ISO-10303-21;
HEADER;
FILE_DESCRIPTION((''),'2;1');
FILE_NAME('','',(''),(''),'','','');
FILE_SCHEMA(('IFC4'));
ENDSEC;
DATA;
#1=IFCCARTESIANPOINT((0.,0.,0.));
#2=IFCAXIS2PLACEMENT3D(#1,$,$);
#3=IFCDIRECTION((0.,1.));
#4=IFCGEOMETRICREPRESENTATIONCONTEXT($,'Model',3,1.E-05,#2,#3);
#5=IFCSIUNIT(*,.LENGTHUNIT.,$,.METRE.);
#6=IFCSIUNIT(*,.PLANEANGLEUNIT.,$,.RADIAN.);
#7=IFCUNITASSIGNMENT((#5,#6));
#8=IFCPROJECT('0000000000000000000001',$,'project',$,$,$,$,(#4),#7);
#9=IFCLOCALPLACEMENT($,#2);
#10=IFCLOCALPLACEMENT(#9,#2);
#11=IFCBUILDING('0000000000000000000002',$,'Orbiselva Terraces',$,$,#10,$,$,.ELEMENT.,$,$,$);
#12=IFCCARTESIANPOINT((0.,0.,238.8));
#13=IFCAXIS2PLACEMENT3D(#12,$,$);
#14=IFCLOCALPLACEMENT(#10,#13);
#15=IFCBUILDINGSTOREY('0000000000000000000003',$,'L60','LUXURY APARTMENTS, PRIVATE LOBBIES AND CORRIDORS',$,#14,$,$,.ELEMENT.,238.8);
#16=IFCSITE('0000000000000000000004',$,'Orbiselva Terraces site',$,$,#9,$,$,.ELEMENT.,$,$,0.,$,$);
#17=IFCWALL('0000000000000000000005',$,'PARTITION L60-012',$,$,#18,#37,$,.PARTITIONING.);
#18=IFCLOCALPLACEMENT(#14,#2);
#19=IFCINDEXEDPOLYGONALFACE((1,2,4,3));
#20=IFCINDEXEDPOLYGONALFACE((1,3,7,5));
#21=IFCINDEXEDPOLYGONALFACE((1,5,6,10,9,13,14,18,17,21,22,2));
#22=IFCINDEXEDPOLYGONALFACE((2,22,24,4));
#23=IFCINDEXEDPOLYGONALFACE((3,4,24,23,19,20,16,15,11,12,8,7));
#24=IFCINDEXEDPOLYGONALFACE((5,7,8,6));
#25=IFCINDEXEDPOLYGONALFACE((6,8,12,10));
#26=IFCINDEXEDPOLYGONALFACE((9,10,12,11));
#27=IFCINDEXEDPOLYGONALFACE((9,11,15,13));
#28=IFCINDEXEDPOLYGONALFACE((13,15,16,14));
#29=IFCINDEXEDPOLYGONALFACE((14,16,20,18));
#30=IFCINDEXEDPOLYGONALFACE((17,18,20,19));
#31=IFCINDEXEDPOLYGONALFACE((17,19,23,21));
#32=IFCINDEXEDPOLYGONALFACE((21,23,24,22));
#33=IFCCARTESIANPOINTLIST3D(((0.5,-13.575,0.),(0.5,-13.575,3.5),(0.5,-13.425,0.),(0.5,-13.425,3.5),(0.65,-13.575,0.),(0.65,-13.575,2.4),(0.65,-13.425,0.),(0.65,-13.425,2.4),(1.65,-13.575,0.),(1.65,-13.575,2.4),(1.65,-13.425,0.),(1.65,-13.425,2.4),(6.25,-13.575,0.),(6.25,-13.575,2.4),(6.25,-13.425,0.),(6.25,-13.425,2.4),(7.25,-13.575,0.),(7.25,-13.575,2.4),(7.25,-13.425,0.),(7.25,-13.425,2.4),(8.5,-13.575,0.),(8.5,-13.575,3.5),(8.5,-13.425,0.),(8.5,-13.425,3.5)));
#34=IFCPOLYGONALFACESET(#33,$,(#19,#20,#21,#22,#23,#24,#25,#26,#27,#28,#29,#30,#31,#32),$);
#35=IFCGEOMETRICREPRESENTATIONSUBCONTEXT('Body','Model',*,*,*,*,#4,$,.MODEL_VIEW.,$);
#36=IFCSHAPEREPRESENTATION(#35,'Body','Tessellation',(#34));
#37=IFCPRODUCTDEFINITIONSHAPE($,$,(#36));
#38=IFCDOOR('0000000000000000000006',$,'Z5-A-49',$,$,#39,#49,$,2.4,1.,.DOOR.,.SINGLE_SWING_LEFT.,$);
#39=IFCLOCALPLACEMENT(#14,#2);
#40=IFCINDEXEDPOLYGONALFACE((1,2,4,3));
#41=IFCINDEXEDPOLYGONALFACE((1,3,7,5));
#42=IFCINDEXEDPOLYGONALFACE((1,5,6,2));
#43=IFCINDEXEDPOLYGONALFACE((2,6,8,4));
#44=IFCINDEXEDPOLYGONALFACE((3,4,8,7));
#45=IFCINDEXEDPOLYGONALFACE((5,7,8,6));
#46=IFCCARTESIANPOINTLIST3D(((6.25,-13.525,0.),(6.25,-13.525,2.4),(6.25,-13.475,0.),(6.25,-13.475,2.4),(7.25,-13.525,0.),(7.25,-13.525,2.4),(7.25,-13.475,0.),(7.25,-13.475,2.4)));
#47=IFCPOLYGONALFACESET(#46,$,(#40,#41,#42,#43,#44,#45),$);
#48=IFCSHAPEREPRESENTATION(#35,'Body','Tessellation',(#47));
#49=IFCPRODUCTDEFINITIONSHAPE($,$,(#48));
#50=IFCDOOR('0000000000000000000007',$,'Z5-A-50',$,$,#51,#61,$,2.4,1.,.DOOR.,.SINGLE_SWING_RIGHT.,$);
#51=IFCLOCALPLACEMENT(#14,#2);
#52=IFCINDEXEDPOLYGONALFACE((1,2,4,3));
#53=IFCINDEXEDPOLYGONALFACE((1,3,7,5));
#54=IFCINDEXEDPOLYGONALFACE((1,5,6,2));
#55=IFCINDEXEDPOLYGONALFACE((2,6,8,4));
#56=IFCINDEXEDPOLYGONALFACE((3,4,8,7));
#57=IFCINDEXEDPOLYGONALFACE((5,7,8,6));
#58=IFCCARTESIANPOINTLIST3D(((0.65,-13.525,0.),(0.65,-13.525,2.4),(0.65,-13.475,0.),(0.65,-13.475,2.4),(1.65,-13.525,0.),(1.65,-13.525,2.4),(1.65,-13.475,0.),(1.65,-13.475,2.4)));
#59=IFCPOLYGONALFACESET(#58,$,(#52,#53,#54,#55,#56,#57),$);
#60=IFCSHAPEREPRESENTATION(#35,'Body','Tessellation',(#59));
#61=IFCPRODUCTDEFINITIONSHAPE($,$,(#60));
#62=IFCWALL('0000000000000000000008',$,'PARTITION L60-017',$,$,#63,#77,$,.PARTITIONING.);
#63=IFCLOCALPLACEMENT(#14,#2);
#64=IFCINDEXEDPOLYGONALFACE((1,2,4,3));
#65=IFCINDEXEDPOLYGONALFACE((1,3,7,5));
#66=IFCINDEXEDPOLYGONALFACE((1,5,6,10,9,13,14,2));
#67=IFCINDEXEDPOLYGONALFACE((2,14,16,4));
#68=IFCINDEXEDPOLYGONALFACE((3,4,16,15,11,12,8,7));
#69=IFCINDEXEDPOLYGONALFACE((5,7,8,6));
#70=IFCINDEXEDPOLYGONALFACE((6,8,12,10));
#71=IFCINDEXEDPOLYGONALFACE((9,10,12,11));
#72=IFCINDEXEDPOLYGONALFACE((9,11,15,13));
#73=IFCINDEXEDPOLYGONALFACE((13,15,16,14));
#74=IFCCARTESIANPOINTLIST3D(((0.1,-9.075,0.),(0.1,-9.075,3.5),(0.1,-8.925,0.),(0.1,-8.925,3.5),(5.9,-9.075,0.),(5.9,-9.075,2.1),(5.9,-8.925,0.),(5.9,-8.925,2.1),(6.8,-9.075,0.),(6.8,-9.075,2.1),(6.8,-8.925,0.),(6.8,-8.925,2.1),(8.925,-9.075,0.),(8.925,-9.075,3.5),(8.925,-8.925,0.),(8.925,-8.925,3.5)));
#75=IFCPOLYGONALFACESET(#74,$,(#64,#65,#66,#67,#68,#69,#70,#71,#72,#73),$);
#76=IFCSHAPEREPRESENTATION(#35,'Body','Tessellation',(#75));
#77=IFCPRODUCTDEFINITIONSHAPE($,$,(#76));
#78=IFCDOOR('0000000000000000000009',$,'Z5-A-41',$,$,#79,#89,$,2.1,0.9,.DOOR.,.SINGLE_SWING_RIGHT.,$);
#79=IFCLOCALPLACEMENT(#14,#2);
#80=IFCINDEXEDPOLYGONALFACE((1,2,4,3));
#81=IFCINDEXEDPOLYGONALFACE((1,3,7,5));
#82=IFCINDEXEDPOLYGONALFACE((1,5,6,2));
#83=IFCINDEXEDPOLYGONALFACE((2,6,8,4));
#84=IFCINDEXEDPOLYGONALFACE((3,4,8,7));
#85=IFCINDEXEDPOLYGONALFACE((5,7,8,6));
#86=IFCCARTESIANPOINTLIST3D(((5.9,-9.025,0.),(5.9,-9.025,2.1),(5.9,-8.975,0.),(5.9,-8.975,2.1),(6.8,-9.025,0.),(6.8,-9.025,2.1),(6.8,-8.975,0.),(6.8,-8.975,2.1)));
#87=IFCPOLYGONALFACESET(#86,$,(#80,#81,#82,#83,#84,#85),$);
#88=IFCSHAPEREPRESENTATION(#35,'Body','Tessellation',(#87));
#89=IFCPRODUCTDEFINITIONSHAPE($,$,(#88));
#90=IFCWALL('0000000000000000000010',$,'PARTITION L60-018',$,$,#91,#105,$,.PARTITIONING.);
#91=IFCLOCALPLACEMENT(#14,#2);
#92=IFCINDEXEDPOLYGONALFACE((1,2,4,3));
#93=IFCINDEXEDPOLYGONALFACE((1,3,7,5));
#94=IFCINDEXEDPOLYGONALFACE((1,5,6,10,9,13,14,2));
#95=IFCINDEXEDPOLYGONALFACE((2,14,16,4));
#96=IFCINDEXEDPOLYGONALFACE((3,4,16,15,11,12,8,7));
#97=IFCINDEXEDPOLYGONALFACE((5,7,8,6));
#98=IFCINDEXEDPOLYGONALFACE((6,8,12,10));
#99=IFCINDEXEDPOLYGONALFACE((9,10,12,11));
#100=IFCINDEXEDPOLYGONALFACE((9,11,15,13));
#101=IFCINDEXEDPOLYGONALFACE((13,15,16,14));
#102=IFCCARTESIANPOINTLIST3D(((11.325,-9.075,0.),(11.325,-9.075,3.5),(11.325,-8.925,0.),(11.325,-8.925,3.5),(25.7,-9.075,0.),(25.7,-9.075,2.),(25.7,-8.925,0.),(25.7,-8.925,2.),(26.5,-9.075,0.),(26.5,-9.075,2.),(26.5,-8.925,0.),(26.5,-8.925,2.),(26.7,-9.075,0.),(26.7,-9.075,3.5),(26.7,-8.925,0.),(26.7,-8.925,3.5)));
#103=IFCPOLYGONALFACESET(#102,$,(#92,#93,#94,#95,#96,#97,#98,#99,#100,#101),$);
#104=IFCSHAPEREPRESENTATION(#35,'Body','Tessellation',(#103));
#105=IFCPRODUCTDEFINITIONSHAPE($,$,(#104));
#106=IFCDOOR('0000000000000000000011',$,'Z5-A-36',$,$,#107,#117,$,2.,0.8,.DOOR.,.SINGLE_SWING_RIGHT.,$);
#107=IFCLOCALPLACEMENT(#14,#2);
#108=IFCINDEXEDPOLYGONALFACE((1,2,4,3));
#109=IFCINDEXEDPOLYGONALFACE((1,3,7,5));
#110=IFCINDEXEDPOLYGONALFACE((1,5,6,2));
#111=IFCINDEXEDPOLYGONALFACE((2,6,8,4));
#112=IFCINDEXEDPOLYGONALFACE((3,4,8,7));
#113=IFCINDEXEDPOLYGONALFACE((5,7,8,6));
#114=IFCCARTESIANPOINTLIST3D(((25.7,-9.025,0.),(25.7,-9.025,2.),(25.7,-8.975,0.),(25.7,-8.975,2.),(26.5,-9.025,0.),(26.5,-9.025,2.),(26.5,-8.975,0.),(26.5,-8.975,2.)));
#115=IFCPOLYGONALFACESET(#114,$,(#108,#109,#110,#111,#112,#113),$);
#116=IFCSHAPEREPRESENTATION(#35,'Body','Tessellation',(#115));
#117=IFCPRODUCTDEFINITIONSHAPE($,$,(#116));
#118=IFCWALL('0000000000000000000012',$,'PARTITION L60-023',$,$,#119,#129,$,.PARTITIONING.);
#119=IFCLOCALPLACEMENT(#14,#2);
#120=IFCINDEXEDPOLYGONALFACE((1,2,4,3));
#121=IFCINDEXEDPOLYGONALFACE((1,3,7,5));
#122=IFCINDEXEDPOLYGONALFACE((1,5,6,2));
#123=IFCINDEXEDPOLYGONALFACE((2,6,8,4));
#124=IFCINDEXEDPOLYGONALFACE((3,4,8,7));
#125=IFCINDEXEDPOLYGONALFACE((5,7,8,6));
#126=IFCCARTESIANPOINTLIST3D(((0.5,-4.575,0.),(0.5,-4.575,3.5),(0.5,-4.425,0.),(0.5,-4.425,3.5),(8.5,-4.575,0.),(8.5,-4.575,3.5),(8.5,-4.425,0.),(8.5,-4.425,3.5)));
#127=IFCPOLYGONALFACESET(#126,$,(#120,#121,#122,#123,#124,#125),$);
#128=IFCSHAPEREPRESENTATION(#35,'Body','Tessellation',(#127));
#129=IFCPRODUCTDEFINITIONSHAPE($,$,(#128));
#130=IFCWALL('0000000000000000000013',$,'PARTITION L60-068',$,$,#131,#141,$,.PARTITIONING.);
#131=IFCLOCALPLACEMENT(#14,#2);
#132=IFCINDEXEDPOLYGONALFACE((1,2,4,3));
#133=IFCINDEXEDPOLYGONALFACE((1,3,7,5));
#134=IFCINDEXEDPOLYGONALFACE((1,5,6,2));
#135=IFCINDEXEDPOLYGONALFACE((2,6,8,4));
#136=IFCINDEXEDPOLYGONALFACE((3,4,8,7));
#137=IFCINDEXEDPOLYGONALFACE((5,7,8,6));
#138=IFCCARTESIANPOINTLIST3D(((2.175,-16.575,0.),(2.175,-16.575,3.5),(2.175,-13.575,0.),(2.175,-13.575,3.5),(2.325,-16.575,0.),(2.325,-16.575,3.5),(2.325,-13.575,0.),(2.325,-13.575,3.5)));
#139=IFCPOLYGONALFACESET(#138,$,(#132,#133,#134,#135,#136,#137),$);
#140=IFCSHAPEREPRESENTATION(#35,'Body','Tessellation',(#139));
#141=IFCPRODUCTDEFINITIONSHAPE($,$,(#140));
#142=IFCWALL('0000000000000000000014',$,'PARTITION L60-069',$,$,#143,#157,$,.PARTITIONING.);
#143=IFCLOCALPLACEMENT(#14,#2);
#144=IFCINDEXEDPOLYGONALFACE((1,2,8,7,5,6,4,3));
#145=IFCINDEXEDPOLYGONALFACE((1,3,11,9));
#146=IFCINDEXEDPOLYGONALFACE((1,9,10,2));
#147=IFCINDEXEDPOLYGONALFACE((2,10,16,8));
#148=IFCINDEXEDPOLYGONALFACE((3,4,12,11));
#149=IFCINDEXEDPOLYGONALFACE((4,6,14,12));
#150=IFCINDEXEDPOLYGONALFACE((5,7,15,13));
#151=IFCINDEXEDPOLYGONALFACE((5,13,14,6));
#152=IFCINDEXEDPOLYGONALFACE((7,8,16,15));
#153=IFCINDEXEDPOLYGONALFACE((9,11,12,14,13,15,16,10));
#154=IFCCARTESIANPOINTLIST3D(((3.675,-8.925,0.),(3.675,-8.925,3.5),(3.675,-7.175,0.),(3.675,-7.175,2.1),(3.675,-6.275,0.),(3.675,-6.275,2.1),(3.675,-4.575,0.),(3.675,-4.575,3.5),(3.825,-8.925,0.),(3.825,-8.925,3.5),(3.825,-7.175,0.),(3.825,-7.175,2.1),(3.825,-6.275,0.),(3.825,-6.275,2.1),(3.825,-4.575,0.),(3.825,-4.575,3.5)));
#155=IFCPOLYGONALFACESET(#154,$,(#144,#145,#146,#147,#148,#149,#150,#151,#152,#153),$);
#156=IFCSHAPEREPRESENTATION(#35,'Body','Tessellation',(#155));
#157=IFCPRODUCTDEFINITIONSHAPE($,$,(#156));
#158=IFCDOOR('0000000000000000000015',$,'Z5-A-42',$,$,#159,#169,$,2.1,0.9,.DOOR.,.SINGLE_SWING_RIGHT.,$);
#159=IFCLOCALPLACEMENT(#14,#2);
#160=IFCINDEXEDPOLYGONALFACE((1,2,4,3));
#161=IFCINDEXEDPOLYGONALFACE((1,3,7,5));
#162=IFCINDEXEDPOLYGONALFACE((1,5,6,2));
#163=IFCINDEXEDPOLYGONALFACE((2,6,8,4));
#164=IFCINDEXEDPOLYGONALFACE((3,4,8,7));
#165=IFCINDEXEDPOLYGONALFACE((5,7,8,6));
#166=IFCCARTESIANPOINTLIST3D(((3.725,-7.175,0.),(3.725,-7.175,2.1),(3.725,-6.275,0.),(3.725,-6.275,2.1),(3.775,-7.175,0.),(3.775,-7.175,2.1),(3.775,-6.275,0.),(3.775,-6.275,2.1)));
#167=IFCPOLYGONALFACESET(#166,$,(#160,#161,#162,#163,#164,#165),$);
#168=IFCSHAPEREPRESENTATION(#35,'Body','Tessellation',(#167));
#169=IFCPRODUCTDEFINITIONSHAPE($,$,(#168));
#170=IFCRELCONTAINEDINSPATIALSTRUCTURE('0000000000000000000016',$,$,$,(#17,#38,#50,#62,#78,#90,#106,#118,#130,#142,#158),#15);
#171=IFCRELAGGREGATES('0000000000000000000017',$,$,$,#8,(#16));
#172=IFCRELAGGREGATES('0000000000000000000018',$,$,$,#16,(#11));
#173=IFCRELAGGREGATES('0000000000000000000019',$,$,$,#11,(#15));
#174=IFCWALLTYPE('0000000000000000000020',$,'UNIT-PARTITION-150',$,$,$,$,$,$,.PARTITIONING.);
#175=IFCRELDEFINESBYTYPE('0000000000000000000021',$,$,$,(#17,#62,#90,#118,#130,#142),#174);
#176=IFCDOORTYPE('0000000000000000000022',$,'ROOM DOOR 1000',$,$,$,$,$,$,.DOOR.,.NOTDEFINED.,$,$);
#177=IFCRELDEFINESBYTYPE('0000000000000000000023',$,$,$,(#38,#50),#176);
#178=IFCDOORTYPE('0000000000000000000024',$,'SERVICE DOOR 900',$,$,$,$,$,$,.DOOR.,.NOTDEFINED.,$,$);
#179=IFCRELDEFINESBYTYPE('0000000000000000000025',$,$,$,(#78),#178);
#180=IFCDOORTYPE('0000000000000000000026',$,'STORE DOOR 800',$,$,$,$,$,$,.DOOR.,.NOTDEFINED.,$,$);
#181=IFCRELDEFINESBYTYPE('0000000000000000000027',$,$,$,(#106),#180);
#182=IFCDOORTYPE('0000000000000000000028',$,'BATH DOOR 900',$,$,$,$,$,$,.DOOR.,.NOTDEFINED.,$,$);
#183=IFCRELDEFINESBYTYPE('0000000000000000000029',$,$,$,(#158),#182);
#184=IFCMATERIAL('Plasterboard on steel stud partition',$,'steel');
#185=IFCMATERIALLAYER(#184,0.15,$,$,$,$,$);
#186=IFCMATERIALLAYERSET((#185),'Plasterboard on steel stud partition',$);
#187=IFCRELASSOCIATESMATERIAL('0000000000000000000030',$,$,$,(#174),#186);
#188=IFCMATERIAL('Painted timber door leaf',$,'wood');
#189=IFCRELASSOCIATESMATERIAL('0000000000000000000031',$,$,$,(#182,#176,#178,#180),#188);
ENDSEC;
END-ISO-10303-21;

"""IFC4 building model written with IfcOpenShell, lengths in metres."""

from ifc_helpers import new_model, si_unit, direction, frame, frame_2d, origin, place, context, subcontext, project, spatial, rectangle, extrude, material, layer, layer_set, type_object, element, fill, save


model = new_model("IFC4")

# Units and contexts
model_context = context("Model", 3, precision=1e-05, world=origin(), true_north=direction((0.0, 1.0)))
body_context = subcontext(model_context, "Body", "Model", "MODEL_VIEW")
ifc_project = project(units=[si_unit("LENGTHUNIT", "METRE"), si_unit("PLANEANGLEUNIT", "RADIAN")], contexts=[model_context])

# Site, building, storey
site_placement = place(None, origin())
site = spatial("IfcSite", under=ifc_project, at=site_placement, Name="Orbiselva Terraces site", CompositionType="ELEMENT", RefElevation=0.0)
building_placement = place(site_placement, origin())
building = spatial("IfcBuilding", under=site, at=building_placement, Name="Orbiselva Terraces", CompositionType="ELEMENT")
storey_placement = place(building_placement, frame((0.0, 0.0, 238.8)))
storey = spatial("IfcBuildingStorey", under=building, at=storey_placement, Name="L60", Description="LUXURY APARTMENTS, PRIVATE LOBBIES AND CORRIDORS", CompositionType="ELEMENT", Elevation=238.8)

# Shared definitions
ifc_material_1 = material(Name="Plasterboard on steel stud partition", Category="steel")
ifc_layer_1 = layer(ifc_material_1, 0.15)
ifc_layer_set_1 = layer_set([ifc_layer_1], Name="Plasterboard on steel stud partition")
wall_type_1 = type_object("IfcWallType", Name="UNIT-PARTITION-150", PredefinedType="PARTITIONING", material=ifc_layer_set_1)
ifc_material_2 = material(Name="Painted timber door leaf", Category="wood")
door_type_1 = type_object("IfcDoorType", Name="BATH DOOR 900", OperationType="NOTDEFINED", PredefinedType="DOOR", material=ifc_material_2)

# Wall, openings, doors
wall_1_placement = place(storey_placement, frame((8.5, -13.5, 0.0), z_axis=(0.0, 0.0, 1.0), x_axis=(-1.0, 0.0, 0.0)))
wall_1 = element("IfcWall", 1, at=wall_1_placement, inside=storey, type_object=wall_type_1, Name="PARTITION L60-012", PredefinedType="PARTITIONING", context=body_context, shape_type="SweptSolid", body=[
    extrude(rectangle(XDim=8.0, YDim=0.15, at=frame_2d((4.0, 0.0))), origin(), (0.0, 0.0, 1.0), 3.5),
])
opening_1_placement = place(wall_1_placement, frame((1.25, 0.0, 0.0)))
opening_1 = element("IfcOpeningElement", 2, at=opening_1_placement, cuts=wall_1, PredefinedType="OPENING", context=body_context, shape_type="SweptSolid", body=[
    extrude(rectangle(XDim=1.0, YDim=2.4, at=frame_2d((0.5, 1.2))), frame((0.0, 0.085, 0.0), z_axis=(0.0, -1.0, 0.0), x_axis=(1.0, 0.0, 0.0)), (0.0, 0.0, 1.0), 0.17),
])
opening_2_placement = place(wall_1_placement, frame((6.85, 0.0, 0.0)))
opening_2 = element("IfcOpeningElement", 3, at=opening_2_placement, cuts=wall_1, PredefinedType="OPENING", context=body_context, shape_type="SweptSolid", body=[
    extrude(rectangle(XDim=1.0, YDim=2.4, at=frame_2d((0.5, 1.2))), frame((0.0, 0.085, 0.0), z_axis=(0.0, -1.0, 0.0), x_axis=(1.0, 0.0, 0.0)), (0.0, 0.0, 1.0), 0.17),
])
door_type_2 = type_object("IfcDoorType", Name="ROOM DOOR 1000", OperationType="NOTDEFINED", PredefinedType="DOOR", material=ifc_material_2)
door_1_placement = place(opening_1_placement, origin())
door_1 = element("IfcDoor", 4, at=door_1_placement, inside=storey, type_object=door_type_2, Name="Z5-A-49", OperationType="SINGLE_SWING_LEFT", OverallHeight=2.4, OverallWidth=1.0, PredefinedType="DOOR", context=body_context, shape_type="SweptSolid", body=[
    extrude(rectangle(XDim=1.0, YDim=2.4, at=frame_2d((0.5, 1.2))), frame((0.0, 0.025, 0.0), z_axis=(0.0, -1.0, 0.0), x_axis=(1.0, 0.0, 0.0)), (0.0, 0.0, 1.0), 0.05),
])
fill(opening_1, door_1)
door_2_placement = place(opening_2_placement, origin())
door_2 = element("IfcDoor", 5, at=door_2_placement, inside=storey, type_object=door_type_2, Name="Z5-A-50", OperationType="SINGLE_SWING_RIGHT", OverallHeight=2.4, OverallWidth=1.0, PredefinedType="DOOR", context=body_context, shape_type="SweptSolid", body=[
    extrude(rectangle(XDim=1.0, YDim=2.4, at=frame_2d((0.5, 1.2))), frame((0.0, 0.025, 0.0), z_axis=(0.0, -1.0, 0.0), x_axis=(1.0, 0.0, 0.0)), (0.0, 0.0, 1.0), 0.05),
])
fill(opening_2, door_2)

# Walls, openings, doors
wall_2_placement = place(storey_placement, frame((0.1, -9.0, 0.0), z_axis=(0.0, 0.0, 1.0), x_axis=(1.0, 0.0, 0.0)))
wall_2 = element("IfcWall", 6, at=wall_2_placement, inside=storey, type_object=wall_type_1, Name="PARTITION L60-017", PredefinedType="PARTITIONING", context=body_context, shape_type="SweptSolid", body=[
    extrude(rectangle(XDim=8.825, YDim=0.15, at=frame_2d((4.4125, 0.0))), origin(), (0.0, 0.0, 1.0), 3.5),
])
opening_3_placement = place(wall_2_placement, frame((5.8, 0.0, 0.0)))
opening_3 = element("IfcOpeningElement", 7, at=opening_3_placement, cuts=wall_2, PredefinedType="OPENING", context=body_context, shape_type="SweptSolid", body=[
    extrude(rectangle(XDim=0.9, YDim=2.1, at=frame_2d((0.45, 1.05))), frame((0.0, 0.085, 0.0), z_axis=(0.0, -1.0, 0.0), x_axis=(1.0, 0.0, 0.0)), (0.0, 0.0, 1.0), 0.17),
])
door_type_3 = type_object("IfcDoorType", Name="SERVICE DOOR 900", OperationType="NOTDEFINED", PredefinedType="DOOR", material=ifc_material_2)
door_3_placement = place(opening_3_placement, origin())
door_3 = element("IfcDoor", 8, at=door_3_placement, inside=storey, type_object=door_type_3, Name="Z5-A-41", OperationType="SINGLE_SWING_RIGHT", OverallHeight=2.1, OverallWidth=0.9, PredefinedType="DOOR", context=body_context, shape_type="SweptSolid", body=[
    extrude(rectangle(XDim=0.9, YDim=2.1, at=frame_2d((0.45, 1.05))), frame((0.0, 0.025, 0.0), z_axis=(0.0, -1.0, 0.0), x_axis=(1.0, 0.0, 0.0)), (0.0, 0.0, 1.0), 0.05),
])
fill(opening_3, door_3)
wall_3_placement = place(storey_placement, frame((11.325, -9.0, 0.0), z_axis=(0.0, 0.0, 1.0), x_axis=(1.0, 0.0, 0.0)))
wall_3 = element("IfcWall", 9, at=wall_3_placement, inside=storey, type_object=wall_type_1, Name="PARTITION L60-018", PredefinedType="PARTITIONING", context=body_context, shape_type="SweptSolid", body=[
    extrude(rectangle(XDim=15.375, YDim=0.15, at=frame_2d((7.6875, 0.0))), origin(), (0.0, 0.0, 1.0), 3.5),
])
opening_4_placement = place(wall_3_placement, frame((14.375, 0.0, 0.0)))
opening_4 = element("IfcOpeningElement", 10, at=opening_4_placement, cuts=wall_3, PredefinedType="OPENING", context=body_context, shape_type="SweptSolid", body=[
    extrude(rectangle(XDim=0.8, YDim=2.0, at=frame_2d((0.4, 1.0))), frame((0.0, 0.085, 0.0), z_axis=(0.0, -1.0, 0.0), x_axis=(1.0, 0.0, 0.0)), (0.0, 0.0, 1.0), 0.17),
])
door_type_4 = type_object("IfcDoorType", Name="STORE DOOR 800", OperationType="NOTDEFINED", PredefinedType="DOOR", material=ifc_material_2)
door_4_placement = place(opening_4_placement, origin())
door_4 = element("IfcDoor", 11, at=door_4_placement, inside=storey, type_object=door_type_4, Name="Z5-A-36", OperationType="SINGLE_SWING_RIGHT", OverallHeight=2.0, OverallWidth=0.8, PredefinedType="DOOR", context=body_context, shape_type="SweptSolid", body=[
    extrude(rectangle(XDim=0.8, YDim=2.0, at=frame_2d((0.4, 1.0))), frame((0.0, 0.025, 0.0), z_axis=(0.0, -1.0, 0.0), x_axis=(1.0, 0.0, 0.0)), (0.0, 0.0, 1.0), 0.05),
])
fill(opening_4, door_4)

# Walls
wall_4_placement = place(storey_placement, frame((0.5, -4.5, 0.0), z_axis=(0.0, 0.0, 1.0), x_axis=(1.0, 0.0, 0.0)))
element("IfcWall", 12, at=wall_4_placement, inside=storey, type_object=wall_type_1, Name="PARTITION L60-023", PredefinedType="PARTITIONING", context=body_context, shape_type="SweptSolid", body=[
    extrude(rectangle(XDim=8.0, YDim=0.15, at=frame_2d((4.0, 0.0))), origin(), (0.0, 0.0, 1.0), 3.5),
])
wall_5_placement = place(storey_placement, frame((2.25, -16.575, 0.0), z_axis=(0.0, 0.0, 1.0), x_axis=(0.0, 1.0, 0.0)))
element("IfcWall", 13, at=wall_5_placement, inside=storey, type_object=wall_type_1, Name="PARTITION L60-068", PredefinedType="PARTITIONING", context=body_context, shape_type="SweptSolid", body=[
    extrude(rectangle(XDim=3.0, YDim=0.15, at=frame_2d((1.5, 0.0))), origin(), (0.0, 0.0, 1.0), 3.5),
])

# Wall, opening, door
wall_6_placement = place(storey_placement, frame((3.75, -8.925, 0.0), z_axis=(0.0, 0.0, 1.0), x_axis=(0.0, 1.0, 0.0)))
wall_6 = element("IfcWall", 14, at=wall_6_placement, inside=storey, type_object=wall_type_1, Name="PARTITION L60-069", PredefinedType="PARTITIONING", context=body_context, shape_type="SweptSolid", body=[
    extrude(rectangle(XDim=4.35, YDim=0.15, at=frame_2d((2.175, 0.0))), origin(), (0.0, 0.0, 1.0), 3.5),
])
opening_5_placement = place(wall_6_placement, frame((1.75, 0.0, 0.0)))
opening_5 = element("IfcOpeningElement", 15, at=opening_5_placement, cuts=wall_6, PredefinedType="OPENING", context=body_context, shape_type="SweptSolid", body=[
    extrude(rectangle(XDim=0.9, YDim=2.1, at=frame_2d((0.45, 1.05))), frame((0.0, 0.085, 0.0), z_axis=(0.0, -1.0, 0.0), x_axis=(1.0, 0.0, 0.0)), (0.0, 0.0, 1.0), 0.17),
])
door_5_placement = place(opening_5_placement, origin())
door_5 = element("IfcDoor", 16, at=door_5_placement, inside=storey, type_object=door_type_1, Name="Z5-A-42", OperationType="SINGLE_SWING_RIGHT", OverallHeight=2.1, OverallWidth=0.9, PredefinedType="DOOR", context=body_context, shape_type="SweptSolid", body=[
    extrude(rectangle(XDim=0.9, YDim=2.1, at=frame_2d((0.45, 1.05))), frame((0.0, 0.025, 0.0), z_axis=(0.0, -1.0, 0.0), x_axis=(1.0, 0.0, 0.0)), (0.0, 0.0, 1.0), 0.05),
])
fill(opening_5, door_5)

save(model, "model.ifc")
